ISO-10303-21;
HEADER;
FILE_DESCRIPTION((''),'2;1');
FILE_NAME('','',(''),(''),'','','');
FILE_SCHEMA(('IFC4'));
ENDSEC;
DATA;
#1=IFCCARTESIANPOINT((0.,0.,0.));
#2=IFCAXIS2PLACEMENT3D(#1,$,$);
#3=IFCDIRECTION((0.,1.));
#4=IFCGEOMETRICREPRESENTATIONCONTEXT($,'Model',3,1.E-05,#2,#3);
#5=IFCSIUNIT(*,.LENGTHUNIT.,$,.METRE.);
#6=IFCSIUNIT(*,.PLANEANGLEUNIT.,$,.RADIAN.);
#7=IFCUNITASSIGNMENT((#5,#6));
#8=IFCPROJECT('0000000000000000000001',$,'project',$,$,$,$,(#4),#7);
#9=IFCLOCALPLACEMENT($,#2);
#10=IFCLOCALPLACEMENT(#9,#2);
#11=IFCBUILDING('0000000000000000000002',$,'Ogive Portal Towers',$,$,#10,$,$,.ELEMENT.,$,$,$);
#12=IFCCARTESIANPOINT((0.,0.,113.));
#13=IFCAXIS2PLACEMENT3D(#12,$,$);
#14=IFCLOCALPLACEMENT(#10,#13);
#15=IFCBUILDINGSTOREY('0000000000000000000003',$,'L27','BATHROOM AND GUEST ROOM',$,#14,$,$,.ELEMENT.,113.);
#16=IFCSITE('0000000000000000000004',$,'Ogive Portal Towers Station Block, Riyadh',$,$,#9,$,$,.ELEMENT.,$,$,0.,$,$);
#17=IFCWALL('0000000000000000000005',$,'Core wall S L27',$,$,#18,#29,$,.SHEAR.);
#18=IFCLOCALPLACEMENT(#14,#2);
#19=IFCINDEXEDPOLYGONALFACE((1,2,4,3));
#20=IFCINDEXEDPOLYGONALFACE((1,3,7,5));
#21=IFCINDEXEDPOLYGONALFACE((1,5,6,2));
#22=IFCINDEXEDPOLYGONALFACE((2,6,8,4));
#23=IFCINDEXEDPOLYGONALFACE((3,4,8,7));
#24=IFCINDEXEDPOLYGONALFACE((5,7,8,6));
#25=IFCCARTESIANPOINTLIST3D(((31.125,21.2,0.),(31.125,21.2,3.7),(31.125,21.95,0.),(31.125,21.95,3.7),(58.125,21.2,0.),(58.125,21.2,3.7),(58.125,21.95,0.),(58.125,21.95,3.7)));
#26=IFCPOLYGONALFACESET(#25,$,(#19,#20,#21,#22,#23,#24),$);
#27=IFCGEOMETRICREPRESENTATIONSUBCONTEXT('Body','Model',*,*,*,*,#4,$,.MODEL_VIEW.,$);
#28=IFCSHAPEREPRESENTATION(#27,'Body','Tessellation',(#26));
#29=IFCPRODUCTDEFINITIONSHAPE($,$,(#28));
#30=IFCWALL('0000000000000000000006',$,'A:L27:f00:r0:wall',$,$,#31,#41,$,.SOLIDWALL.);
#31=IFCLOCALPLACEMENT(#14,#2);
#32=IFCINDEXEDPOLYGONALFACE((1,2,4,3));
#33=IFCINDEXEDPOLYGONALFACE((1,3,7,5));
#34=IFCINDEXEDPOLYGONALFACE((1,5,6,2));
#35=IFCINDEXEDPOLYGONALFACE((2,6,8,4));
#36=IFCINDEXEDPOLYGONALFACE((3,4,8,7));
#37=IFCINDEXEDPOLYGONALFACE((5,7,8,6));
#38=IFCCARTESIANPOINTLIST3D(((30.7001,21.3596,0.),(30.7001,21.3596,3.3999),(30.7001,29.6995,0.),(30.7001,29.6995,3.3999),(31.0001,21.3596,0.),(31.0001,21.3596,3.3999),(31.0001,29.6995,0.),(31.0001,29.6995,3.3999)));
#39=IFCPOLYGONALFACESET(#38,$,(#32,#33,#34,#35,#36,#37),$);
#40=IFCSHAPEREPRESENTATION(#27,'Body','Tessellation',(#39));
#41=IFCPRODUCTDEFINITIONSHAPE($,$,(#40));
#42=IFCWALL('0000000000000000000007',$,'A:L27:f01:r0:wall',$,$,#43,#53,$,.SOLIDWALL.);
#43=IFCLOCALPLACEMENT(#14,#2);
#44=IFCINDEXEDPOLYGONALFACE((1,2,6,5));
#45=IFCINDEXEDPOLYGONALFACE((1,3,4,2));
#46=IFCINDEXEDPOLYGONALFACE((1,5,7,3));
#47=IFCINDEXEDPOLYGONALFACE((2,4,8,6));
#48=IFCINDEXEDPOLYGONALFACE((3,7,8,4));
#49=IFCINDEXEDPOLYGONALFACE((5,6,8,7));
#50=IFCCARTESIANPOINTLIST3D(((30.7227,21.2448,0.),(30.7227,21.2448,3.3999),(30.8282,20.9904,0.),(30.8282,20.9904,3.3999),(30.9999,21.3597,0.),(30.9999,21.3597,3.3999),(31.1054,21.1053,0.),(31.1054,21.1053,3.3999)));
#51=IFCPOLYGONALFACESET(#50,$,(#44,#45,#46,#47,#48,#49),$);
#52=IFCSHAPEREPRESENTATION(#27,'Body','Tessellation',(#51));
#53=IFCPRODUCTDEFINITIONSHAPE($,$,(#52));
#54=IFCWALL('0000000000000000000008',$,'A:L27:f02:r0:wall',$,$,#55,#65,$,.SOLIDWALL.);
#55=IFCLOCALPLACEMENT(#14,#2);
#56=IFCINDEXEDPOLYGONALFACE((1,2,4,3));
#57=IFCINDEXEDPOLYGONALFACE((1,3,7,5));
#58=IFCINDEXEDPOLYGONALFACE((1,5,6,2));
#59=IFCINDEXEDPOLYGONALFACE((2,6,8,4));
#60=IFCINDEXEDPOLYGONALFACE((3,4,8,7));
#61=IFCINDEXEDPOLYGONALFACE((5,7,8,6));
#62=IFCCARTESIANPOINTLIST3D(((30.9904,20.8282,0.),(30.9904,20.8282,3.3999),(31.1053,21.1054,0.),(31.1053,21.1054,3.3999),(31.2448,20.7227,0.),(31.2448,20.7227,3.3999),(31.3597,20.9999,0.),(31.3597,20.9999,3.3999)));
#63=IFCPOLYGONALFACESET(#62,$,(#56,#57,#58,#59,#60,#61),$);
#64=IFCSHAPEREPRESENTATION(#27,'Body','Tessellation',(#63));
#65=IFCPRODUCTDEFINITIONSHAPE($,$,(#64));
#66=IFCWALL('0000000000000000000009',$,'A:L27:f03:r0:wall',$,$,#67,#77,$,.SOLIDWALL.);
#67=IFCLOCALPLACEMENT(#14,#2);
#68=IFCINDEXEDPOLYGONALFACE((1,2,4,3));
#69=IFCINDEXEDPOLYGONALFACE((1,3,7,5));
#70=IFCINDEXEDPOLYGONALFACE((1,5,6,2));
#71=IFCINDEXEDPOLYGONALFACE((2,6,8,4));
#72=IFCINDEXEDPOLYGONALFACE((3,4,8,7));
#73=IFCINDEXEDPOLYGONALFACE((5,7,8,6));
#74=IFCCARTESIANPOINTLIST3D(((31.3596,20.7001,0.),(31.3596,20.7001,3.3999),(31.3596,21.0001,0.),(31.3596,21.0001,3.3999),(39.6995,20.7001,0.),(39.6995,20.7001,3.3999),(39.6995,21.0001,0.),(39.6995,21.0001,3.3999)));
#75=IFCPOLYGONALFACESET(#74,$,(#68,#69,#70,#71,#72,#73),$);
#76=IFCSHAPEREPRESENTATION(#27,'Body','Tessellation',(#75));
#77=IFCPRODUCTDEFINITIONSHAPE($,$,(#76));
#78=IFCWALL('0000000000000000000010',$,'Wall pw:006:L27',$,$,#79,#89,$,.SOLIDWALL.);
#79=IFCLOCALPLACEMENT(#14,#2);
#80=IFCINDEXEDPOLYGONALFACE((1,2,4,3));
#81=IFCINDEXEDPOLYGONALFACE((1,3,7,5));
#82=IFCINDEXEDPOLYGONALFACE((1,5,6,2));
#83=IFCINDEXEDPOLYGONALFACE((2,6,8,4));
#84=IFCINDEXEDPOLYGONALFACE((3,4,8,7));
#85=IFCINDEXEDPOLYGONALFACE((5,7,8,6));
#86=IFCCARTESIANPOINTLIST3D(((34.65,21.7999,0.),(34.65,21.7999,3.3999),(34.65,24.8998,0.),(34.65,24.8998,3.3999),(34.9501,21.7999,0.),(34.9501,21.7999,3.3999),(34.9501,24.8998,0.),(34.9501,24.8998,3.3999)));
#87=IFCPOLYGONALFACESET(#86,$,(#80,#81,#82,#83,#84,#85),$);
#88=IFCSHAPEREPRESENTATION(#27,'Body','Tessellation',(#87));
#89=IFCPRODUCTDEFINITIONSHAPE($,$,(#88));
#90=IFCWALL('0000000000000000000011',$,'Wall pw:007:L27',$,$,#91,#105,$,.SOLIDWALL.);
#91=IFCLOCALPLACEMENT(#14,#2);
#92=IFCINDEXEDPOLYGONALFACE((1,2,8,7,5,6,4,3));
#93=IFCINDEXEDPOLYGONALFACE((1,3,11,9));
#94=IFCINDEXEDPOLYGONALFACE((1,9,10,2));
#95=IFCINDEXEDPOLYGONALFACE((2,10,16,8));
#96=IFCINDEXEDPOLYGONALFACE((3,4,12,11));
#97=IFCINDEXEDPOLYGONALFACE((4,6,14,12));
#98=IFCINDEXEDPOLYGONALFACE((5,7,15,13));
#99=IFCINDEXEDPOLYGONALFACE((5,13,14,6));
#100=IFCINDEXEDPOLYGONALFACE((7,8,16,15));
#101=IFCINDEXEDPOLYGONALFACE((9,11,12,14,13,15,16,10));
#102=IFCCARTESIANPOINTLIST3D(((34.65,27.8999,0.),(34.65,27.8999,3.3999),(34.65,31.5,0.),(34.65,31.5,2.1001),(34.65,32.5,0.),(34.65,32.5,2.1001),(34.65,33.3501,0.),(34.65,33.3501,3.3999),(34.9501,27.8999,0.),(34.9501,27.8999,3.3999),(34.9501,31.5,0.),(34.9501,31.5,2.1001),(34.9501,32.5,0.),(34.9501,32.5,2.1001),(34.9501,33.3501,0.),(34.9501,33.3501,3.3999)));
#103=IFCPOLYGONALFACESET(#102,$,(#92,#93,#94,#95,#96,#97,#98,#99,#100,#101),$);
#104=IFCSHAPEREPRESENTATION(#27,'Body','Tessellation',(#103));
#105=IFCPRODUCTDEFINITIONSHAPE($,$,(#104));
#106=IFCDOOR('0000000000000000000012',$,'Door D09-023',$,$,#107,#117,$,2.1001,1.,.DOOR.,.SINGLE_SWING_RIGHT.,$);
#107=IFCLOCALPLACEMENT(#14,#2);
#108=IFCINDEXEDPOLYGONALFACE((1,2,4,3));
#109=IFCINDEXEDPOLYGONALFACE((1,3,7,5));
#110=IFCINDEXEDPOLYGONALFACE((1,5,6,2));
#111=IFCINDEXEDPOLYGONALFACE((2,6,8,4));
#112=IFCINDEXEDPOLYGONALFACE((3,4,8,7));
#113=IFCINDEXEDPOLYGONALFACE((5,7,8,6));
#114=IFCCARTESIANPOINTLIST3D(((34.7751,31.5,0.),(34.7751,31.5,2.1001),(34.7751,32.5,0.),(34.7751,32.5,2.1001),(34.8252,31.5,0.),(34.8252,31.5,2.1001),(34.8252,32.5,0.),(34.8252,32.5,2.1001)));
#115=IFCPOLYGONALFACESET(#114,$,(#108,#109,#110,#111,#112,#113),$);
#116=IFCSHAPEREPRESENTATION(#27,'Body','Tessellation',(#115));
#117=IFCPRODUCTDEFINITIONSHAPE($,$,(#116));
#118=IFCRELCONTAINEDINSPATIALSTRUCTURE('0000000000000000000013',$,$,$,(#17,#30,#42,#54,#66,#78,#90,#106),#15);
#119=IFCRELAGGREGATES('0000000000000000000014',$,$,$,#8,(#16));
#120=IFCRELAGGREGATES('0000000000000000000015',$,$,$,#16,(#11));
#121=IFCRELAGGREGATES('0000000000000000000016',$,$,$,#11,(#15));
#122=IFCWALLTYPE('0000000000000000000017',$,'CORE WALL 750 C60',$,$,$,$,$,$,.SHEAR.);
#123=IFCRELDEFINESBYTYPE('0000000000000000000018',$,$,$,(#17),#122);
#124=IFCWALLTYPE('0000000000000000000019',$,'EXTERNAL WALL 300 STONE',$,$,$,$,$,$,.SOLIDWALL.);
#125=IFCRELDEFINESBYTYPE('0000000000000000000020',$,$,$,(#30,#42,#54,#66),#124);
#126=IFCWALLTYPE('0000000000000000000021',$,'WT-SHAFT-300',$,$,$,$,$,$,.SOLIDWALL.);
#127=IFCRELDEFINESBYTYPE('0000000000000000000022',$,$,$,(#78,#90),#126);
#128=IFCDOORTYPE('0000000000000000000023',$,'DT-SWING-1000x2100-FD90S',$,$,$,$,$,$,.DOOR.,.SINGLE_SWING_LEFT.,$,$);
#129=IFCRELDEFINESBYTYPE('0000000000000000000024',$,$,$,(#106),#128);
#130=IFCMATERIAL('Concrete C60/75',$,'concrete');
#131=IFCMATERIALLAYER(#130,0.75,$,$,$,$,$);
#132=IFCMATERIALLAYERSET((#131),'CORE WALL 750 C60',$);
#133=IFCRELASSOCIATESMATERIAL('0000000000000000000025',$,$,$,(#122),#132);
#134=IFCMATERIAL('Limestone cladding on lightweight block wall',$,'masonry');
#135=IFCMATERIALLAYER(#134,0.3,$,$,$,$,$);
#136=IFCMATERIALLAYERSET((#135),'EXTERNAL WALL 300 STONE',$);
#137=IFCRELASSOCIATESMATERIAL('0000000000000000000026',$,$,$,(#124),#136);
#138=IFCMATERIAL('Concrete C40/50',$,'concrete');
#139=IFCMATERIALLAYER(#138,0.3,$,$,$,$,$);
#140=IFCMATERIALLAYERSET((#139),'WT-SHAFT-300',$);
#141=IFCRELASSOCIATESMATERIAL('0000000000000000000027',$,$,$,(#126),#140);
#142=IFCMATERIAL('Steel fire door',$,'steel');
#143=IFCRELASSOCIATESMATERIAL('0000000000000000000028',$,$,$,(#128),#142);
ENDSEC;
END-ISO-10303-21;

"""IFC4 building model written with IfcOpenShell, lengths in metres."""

from ifc_helpers import new_model, si_unit, direction, frame, frame_2d, origin, place, context, subcontext, project, spatial, rectangle, extrude, material, layer, layer_set, type_object, element, fill, save


model = new_model("IFC4")

# Units and contexts
model_context = context("Model", 3, precision=1e-05, world=origin(), true_north=direction((0.0, 1.0)))
body_context = subcontext(model_context, "Body", "Model", "MODEL_VIEW")
ifc_project = project(units=[si_unit("LENGTHUNIT", "METRE"), si_unit("PLANEANGLEUNIT", "RADIAN")], contexts=[model_context])

# Site, building, storey
site_placement = place(None, origin())
site = spatial("IfcSite", under=ifc_project, at=site_placement, Name="Ogive Portal Towers Station Block, Riyadh", CompositionType="ELEMENT", RefElevation=0.0)
building_placement = place(site_placement, origin())
building = spatial("IfcBuilding", under=site, at=building_placement, Name="Ogive Portal Towers", CompositionType="ELEMENT")
storey_placement = place(building_placement, frame((0.0, 0.0, 113.0)))
storey = spatial("IfcBuildingStorey", under=building, at=storey_placement, Name="L27", Description="BATHROOM AND GUEST ROOM", CompositionType="ELEMENT", Elevation=113.0)

# Shared definitions
ifc_material_1 = material(Name="Concrete C40/50", Category="concrete")

# Walls
ifc_material_2 = material(Name="Concrete C60/75", Category="concrete")
ifc_layer_1 = layer(ifc_material_2, 0.75)
ifc_layer_set_1 = layer_set([ifc_layer_1], Name="CORE WALL 750 C60")
wall_type_1 = type_object("IfcWallType", Name="CORE WALL 750 C60", PredefinedType="SHEAR", material=ifc_layer_set_1)
wall_1_placement = place(storey_placement, frame((31.125, 21.575, 0.0), z_axis=(0.0, 0.0, 1.0), x_axis=(1.0, 0.0, 0.0)))
element("IfcWall", 1, at=wall_1_placement, inside=storey, type_object=wall_type_1, Name="Core wall S L27", PredefinedType="SHEAR", context=body_context, shape_type="SweptSolid", body=[
    extrude(rectangle(XDim=27.0, YDim=0.75, at=frame_2d((13.5, 0.0))), origin(), (0.0, 0.0, 1.0), 3.7),
])
ifc_material_3 = material(Name="Limestone cladding on lightweight block wall", Category="masonry")
ifc_layer_2 = layer(ifc_material_3, 0.3)
ifc_layer_set_2 = layer_set([ifc_layer_2], Name="EXTERNAL WALL 300 STONE")
wall_type_2 = type_object("IfcWallType", Name="EXTERNAL WALL 300 STONE", PredefinedType="SOLIDWALL", material=ifc_layer_set_2)
wall_2_placement = place(storey_placement, frame((30.8501, 29.6995, 0.0), z_axis=(0.0, 0.0, 1.0), x_axis=(0.0, -1.0, 0.0)))
element("IfcWall", 2, at=wall_2_placement, inside=storey, type_object=wall_type_2, Name="A:L27:f00:r0:wall", PredefinedType="SOLIDWALL", context=body_context, shape_type="SweptSolid", body=[
    extrude(rectangle(XDim=8.3398, YDim=0.3, at=frame_2d((4.1699, 0.0))), origin(), (0.0, 0.0, 1.0), 3.3999),
])
for number, where, z_axis, x_axis, name in (
    (3, (30.8613, 21.3022, 0.0), (0.0, 0.0, 1.0), (0.382978, -0.923757, 0.0), "A:L27:f01:r0:wall"),
    (4, (31.0479, 20.9668, 0.0), (0.0, 0.0, 1.0), (0.923757, -0.382978, 0.0), "A:L27:f02:r0:wall"),
):
    element("IfcWall", number, at=place(storey_placement, frame(where, z_axis=z_axis, x_axis=x_axis)), inside=storey, type_object=wall_type_2, Name=name, PredefinedType="SOLIDWALL", context=body_context, shape_type="SweptSolid", body=[
        extrude(rectangle(XDim=0.2754, YDim=0.3, at=frame_2d((0.1377, 0.0))), origin(), (0.0, 0.0, 1.0), 3.3999),
    ])
wall_3_placement = place(storey_placement, frame((31.3596, 20.8501, 0.0), z_axis=(0.0, 0.0, 1.0), x_axis=(1.0, 0.0, 0.0)))
element("IfcWall", 5, at=wall_3_placement, inside=storey, type_object=wall_type_2, Name="A:L27:f03:r0:wall", PredefinedType="SOLIDWALL", context=body_context, shape_type="SweptSolid", body=[
    extrude(rectangle(XDim=8.3398, YDim=0.3, at=frame_2d((4.1699, 0.0))), origin(), (0.0, 0.0, 1.0), 3.3999),
])

# Shared definitions
ifc_layer_3 = layer(ifc_material_1, 0.3)
ifc_layer_set_3 = layer_set([ifc_layer_3], Name="WT-SHAFT-300")
wall_type_3 = type_object("IfcWallType", Name="WT-SHAFT-300", PredefinedType="SOLIDWALL", material=ifc_layer_set_3)
ifc_material_4 = material(Name="Steel fire door", Category="steel")

# Wall
wall_4_placement = place(storey_placement, frame((34.8, 21.8, 0.0), z_axis=(0.0, 0.0, 1.0), x_axis=(0.0, 1.0, 0.0)))
element("IfcWall", 6, at=wall_4_placement, inside=storey, type_object=wall_type_3, Name="Wall pw:006:L27", PredefinedType="SOLIDWALL", context=body_context, shape_type="SweptSolid", body=[
    extrude(rectangle(XDim=3.0999, YDim=0.3, at=frame_2d((1.5498, 0.0))), origin(), (0.0, 0.0, 1.0), 3.3999),
])

# Wall, opening, door
wall_5_placement = place(storey_placement, frame((34.8, 27.8999, 0.0), z_axis=(0.0, 0.0, 1.0), x_axis=(0.0, 1.0, 0.0)))
wall_5 = element("IfcWall", 7, at=wall_5_placement, inside=storey, type_object=wall_type_3, Name="Wall pw:007:L27", PredefinedType="SOLIDWALL", context=body_context, shape_type="SweptSolid", body=[
    extrude(rectangle(XDim=5.4502, YDim=0.3, at=frame_2d((2.7251, 0.0))), origin(), (0.0, 0.0, 1.0), 3.3999),
])
opening_1_placement = place(wall_5_placement, frame((3.6001, 0.0, 0.0)))
opening_1 = element("IfcOpeningElement", 8, at=opening_1_placement, cuts=wall_5, PredefinedType="OPENING", context=body_context, shape_type="SweptSolid", body=[
    extrude(rectangle(XDim=1.0, YDim=2.1001, at=frame_2d((0.5, 1.05))), frame((0.0, 0.1602, 0.0), z_axis=(0.0, -1.0, 0.0), x_axis=(1.0, 0.0, 0.0)), (0.0, 0.0, 1.0), 0.3201),
])
door_type_1 = type_object("IfcDoorType", Name="DT-SWING-1000x2100-FD90S", OperationType="SINGLE_SWING_LEFT", PredefinedType="DOOR", material=ifc_material_4)
door_1_placement = place(opening_1_placement, origin())
door_1 = element("IfcDoor", 9, at=door_1_placement, inside=storey, type_object=door_type_1, Name="Door D09-023", OperationType="SINGLE_SWING_RIGHT", OverallHeight=2.1001, OverallWidth=1.0, PredefinedType="DOOR", context=body_context, shape_type="SweptSolid", body=[
    extrude(rectangle(XDim=1.0, YDim=2.1001, at=frame_2d((0.5, 1.05))), frame((0.0, 0.0249, 0.0), z_axis=(0.0, -1.0, 0.0), x_axis=(1.0, 0.0, 0.0)), (0.0, 0.0, 1.0), 0.05),
])
fill(opening_1, door_1)

save(model, "model.ifc")
